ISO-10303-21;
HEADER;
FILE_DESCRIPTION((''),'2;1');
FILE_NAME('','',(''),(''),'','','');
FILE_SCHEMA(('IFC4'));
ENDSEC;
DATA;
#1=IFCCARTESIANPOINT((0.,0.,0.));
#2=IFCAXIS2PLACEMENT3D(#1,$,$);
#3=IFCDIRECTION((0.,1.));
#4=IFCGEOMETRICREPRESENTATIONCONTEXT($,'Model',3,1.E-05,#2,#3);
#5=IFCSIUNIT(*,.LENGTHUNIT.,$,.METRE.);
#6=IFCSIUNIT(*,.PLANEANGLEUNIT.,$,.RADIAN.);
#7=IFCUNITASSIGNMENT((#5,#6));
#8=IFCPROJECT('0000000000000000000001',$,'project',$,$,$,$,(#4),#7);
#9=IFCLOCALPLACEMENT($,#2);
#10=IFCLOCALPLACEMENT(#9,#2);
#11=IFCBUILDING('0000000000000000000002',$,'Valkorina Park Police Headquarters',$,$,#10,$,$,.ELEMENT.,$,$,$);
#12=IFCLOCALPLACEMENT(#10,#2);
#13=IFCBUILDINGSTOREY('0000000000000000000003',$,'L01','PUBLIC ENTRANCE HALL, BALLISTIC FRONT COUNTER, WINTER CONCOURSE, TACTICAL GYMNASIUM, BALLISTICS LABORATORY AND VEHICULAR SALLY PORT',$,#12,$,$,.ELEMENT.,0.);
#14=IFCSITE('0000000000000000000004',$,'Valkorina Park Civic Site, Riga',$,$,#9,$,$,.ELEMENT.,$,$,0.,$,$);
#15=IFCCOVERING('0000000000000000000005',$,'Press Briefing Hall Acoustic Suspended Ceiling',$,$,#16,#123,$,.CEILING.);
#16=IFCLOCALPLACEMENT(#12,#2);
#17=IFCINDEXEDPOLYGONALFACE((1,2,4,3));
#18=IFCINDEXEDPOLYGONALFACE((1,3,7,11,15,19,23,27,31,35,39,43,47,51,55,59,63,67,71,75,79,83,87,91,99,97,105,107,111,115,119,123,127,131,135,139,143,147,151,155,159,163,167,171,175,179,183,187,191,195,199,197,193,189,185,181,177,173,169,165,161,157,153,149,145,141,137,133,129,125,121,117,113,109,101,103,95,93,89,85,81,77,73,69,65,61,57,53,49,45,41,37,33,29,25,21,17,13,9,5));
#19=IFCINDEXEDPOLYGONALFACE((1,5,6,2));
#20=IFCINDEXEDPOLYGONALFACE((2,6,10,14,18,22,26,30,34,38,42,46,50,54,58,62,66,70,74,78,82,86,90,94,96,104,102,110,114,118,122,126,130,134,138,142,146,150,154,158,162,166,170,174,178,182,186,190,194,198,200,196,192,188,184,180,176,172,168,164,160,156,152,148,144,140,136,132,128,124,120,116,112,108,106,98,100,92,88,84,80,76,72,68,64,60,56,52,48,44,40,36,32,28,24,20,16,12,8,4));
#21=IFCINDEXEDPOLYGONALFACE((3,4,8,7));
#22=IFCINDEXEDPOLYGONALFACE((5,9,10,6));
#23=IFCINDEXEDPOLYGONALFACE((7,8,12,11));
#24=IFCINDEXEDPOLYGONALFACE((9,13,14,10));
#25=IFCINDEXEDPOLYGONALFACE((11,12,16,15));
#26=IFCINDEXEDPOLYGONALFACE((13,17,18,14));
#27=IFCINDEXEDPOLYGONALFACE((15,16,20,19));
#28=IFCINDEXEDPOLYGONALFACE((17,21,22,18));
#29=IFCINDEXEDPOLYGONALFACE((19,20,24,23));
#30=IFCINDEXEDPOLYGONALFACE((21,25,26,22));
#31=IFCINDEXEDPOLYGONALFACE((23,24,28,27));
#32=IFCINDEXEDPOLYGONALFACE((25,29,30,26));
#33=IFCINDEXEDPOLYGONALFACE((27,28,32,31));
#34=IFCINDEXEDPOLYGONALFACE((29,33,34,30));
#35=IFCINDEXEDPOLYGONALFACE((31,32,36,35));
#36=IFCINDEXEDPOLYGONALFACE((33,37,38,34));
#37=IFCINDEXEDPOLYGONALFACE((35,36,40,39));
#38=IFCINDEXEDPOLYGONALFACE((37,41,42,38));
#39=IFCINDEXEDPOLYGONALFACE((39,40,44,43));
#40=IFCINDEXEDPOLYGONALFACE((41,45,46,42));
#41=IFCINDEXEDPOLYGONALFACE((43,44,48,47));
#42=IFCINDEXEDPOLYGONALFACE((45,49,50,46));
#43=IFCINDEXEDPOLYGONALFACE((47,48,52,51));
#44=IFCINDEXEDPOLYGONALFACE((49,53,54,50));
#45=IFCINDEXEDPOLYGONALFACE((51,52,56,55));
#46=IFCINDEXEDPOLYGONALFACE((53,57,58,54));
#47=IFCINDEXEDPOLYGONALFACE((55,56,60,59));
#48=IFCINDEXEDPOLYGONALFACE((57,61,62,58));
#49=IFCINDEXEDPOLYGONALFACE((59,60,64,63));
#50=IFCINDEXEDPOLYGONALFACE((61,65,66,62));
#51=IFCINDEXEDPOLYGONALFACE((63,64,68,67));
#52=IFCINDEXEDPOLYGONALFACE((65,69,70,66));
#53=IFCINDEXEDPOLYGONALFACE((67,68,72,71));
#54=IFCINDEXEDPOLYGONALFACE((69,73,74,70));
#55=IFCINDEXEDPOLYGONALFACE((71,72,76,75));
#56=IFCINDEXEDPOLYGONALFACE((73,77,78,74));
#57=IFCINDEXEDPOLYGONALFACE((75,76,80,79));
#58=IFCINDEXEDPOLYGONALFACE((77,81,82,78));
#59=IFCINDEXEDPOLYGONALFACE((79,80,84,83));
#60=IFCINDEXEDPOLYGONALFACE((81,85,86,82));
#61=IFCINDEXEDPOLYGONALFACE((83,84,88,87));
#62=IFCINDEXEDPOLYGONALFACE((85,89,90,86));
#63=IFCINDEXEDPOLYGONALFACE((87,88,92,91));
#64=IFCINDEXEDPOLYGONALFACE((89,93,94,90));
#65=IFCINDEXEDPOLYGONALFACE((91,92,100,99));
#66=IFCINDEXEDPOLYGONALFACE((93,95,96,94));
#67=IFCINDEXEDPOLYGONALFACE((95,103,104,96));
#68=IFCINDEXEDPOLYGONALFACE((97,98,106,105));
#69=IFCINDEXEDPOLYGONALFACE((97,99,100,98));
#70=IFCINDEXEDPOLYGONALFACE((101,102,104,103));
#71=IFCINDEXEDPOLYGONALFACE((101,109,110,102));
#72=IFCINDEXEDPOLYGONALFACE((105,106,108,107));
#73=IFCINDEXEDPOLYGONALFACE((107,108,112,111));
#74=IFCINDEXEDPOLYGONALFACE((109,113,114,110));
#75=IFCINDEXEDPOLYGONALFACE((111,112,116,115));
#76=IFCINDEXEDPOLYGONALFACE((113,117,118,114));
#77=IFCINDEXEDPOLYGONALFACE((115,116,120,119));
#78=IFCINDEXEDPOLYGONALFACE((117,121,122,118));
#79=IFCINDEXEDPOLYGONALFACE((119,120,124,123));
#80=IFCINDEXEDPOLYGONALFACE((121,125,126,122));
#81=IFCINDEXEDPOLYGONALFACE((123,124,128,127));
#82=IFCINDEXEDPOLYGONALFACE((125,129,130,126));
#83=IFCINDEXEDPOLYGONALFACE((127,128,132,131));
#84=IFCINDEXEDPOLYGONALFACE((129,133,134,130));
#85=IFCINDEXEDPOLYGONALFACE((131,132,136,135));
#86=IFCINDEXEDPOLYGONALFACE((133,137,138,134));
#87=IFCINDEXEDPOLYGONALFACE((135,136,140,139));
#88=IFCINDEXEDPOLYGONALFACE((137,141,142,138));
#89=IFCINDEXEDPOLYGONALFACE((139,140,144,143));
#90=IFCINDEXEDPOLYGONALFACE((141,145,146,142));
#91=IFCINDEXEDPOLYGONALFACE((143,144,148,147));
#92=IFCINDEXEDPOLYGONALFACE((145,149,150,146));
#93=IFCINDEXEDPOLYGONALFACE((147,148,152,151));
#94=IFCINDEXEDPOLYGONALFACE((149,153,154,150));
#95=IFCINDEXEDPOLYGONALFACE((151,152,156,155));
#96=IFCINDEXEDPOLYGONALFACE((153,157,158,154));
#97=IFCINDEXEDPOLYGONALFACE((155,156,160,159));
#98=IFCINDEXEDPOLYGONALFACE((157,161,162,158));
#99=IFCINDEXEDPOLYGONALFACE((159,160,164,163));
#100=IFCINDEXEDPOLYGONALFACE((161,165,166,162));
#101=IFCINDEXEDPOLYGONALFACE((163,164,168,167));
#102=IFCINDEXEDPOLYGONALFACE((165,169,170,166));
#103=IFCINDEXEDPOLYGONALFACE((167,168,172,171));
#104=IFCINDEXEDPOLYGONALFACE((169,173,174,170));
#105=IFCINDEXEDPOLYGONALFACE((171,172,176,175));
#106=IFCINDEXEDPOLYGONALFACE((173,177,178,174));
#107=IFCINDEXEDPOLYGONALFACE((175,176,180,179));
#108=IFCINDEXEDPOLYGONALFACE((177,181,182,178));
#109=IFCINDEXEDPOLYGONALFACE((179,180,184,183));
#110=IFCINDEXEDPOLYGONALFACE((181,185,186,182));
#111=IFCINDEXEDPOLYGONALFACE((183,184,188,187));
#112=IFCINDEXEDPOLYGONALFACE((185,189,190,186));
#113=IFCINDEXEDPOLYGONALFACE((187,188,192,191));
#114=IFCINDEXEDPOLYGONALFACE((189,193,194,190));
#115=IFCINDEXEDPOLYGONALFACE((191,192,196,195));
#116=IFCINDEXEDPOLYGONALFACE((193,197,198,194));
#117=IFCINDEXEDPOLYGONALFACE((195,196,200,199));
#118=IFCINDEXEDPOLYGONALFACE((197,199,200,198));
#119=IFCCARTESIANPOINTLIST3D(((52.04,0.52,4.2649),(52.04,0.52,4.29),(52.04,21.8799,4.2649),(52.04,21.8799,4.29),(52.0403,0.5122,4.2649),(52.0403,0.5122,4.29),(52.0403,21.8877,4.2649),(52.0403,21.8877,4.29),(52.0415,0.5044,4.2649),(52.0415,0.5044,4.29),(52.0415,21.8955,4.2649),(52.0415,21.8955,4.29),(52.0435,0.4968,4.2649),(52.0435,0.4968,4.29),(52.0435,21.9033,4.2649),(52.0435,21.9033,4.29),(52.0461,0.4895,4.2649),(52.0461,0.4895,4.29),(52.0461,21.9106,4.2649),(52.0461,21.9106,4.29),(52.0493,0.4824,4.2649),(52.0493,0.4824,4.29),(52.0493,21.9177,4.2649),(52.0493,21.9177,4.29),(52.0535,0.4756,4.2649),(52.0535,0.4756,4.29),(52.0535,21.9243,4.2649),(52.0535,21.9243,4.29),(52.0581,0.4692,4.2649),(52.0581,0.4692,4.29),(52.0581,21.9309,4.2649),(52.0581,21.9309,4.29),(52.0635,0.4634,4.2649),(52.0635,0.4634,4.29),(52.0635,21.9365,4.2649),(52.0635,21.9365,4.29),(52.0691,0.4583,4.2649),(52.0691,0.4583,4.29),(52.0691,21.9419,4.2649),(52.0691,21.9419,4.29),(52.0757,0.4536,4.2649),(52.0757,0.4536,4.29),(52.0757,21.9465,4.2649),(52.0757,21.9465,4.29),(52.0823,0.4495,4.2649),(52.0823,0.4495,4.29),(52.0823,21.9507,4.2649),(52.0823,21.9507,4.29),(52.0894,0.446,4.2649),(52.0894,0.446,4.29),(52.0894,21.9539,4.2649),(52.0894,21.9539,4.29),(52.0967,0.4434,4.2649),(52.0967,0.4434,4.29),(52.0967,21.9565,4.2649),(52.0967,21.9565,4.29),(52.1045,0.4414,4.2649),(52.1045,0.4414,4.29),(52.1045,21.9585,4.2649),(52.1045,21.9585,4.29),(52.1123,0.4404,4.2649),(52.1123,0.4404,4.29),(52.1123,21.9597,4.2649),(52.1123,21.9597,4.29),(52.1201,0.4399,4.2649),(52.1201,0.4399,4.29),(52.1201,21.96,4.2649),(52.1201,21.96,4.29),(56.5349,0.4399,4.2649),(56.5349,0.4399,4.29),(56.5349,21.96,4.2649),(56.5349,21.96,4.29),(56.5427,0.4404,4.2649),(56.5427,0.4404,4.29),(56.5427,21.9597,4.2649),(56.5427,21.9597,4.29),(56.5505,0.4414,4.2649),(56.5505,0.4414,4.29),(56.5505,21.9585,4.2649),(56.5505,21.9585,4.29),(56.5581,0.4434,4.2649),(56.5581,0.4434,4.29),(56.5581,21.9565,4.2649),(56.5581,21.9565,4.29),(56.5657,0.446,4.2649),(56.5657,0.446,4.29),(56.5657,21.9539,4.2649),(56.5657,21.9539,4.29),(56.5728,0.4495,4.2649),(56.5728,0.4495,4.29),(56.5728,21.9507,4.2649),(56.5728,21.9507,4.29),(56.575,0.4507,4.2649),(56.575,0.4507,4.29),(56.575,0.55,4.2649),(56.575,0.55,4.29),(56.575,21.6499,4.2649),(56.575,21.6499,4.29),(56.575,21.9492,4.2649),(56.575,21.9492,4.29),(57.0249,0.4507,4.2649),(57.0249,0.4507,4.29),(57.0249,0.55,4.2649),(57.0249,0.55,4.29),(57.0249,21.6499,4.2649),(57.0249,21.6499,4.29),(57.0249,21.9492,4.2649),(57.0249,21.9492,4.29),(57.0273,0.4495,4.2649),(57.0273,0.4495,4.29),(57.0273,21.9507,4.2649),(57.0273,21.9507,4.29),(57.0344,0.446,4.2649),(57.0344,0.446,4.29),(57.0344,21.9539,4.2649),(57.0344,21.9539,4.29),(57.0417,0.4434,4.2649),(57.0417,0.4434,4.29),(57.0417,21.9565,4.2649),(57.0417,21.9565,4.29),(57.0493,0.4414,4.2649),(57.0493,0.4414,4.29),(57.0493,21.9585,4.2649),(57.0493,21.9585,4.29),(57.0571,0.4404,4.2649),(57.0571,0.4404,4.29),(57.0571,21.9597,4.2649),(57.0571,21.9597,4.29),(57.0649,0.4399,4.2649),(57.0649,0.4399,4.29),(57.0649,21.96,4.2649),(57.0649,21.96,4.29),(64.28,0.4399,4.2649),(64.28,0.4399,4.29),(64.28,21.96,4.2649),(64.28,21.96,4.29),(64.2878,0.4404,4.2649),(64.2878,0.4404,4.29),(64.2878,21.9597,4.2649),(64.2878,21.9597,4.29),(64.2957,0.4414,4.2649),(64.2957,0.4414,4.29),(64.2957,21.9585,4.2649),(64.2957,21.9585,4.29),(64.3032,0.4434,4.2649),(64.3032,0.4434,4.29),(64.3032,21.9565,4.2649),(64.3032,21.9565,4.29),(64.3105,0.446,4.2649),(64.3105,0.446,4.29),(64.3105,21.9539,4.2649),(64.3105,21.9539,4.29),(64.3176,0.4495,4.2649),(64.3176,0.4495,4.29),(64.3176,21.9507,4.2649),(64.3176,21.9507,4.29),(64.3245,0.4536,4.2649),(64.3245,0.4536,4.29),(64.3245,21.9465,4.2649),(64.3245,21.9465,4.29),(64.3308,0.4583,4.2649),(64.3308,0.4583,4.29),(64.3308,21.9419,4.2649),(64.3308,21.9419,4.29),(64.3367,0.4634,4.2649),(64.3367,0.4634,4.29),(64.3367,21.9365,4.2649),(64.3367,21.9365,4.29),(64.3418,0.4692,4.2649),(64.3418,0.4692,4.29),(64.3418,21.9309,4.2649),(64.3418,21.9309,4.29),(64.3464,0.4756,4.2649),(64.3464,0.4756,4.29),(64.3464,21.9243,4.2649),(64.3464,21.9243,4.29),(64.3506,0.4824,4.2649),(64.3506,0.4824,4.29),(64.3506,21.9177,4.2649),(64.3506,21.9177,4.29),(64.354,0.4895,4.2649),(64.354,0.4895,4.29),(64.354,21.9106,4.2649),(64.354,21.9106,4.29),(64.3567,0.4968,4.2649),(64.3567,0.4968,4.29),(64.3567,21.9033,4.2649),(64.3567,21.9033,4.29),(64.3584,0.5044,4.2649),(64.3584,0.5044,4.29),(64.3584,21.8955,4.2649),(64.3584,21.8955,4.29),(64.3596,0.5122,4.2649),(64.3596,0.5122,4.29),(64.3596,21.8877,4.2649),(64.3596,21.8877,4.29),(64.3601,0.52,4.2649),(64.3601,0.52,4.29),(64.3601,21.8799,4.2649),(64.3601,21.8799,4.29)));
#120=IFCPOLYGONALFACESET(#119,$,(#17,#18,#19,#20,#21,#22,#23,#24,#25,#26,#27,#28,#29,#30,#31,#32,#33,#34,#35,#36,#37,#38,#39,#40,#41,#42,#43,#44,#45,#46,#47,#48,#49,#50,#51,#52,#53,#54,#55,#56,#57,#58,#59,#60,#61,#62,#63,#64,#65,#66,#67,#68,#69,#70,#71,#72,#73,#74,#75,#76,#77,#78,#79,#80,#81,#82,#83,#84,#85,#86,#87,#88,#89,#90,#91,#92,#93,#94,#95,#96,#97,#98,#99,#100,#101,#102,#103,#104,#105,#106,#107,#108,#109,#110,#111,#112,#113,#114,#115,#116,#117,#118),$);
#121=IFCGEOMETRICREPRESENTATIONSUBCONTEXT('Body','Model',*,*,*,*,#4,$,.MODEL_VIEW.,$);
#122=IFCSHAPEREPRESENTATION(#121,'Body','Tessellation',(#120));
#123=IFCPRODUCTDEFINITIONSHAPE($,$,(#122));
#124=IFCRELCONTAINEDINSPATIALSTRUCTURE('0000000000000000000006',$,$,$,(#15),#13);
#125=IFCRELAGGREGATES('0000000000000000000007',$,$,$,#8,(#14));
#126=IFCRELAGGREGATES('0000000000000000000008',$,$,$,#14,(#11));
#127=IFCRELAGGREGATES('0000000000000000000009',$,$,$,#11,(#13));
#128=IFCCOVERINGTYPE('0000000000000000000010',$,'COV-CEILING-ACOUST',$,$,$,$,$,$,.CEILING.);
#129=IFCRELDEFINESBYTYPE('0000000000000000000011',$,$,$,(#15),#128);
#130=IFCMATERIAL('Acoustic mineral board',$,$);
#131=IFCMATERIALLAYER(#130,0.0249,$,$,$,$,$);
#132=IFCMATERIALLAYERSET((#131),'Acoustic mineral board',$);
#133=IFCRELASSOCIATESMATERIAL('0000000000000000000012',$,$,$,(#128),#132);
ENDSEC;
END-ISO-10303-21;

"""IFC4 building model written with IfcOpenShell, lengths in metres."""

from ifc_helpers import new_model, si_unit, direction, frame, origin, place, context, subcontext, project, spatial, polyline, outline, extrude, material, layer, layer_set, type_object, element, save


model = new_model("IFC4")

# Units and contexts
model_context = context("Model", 3, precision=1e-05, world=origin(), true_north=direction((0.0, 1.0)))
body_context = subcontext(model_context, "Body", "Model", "MODEL_VIEW")
ifc_project = project(units=[si_unit("LENGTHUNIT", "METRE"), si_unit("PLANEANGLEUNIT", "RADIAN")], contexts=[model_context])

# Site, building, storey
site_placement = place(None, origin())
site = spatial("IfcSite", under=ifc_project, at=site_placement, Name="Valkorina Park Civic Site, Riga", CompositionType="ELEMENT", RefElevation=0.0)
building_placement = place(site_placement, origin())
building = spatial("IfcBuilding", under=site, at=building_placement, Name="Valkorina Park Police Headquarters", CompositionType="ELEMENT")
storey_placement = place(building_placement, origin())
storey = spatial("IfcBuildingStorey", under=building, at=storey_placement, Name="L01", Description="PUBLIC ENTRANCE HALL, BALLISTIC FRONT COUNTER, WINTER CONCOURSE, TACTICAL GYMNASIUM, BALLISTICS LABORATORY AND VEHICULAR SALLY PORT", CompositionType="ELEMENT", Elevation=0.0)

# Covering
ifc_material_1 = material(Name="Acoustic mineral board")
ifc_layer_1 = layer(ifc_material_1, 0.0249)
ifc_layer_set_1 = layer_set([ifc_layer_1], Name="Acoustic mineral board")
covering_type_1 = type_object("IfcCoveringType", Name="COV-CEILING-ACOUST", PredefinedType="CEILING", material=ifc_layer_set_1)
covering_1_placement = place(storey_placement, frame((0.0, 0.0, 4.2649)))
element("IfcCovering", 1, at=covering_1_placement, inside=storey, type_object=covering_type_1, Name="Press Briefing Hall Acoustic Suspended Ceiling", PredefinedType="CEILING", context=body_context, shape_type="SweptSolid", body=[
    extrude(outline(polyline([(56.575, 0.4507), (56.575, 0.55), (57.0249, 0.55), (57.0249, 0.4507), (57.0273, 0.4495), (57.0344, 0.446), (57.0417, 0.4434), (57.0493, 0.4414), (57.0571, 0.4404), (57.0649, 0.4399), (64.28, 0.4399), (64.2878, 0.4404), (64.2957, 0.4414), (64.3032, 0.4434), (64.3105, 0.446), (64.3176, 0.4495), (64.3245, 0.4536), (64.3308, 0.4583), (64.3367, 0.4634), (64.3418, 0.4692), (64.3464, 0.4756), (64.3506, 0.4824), (64.354, 0.4895), (64.3567, 0.4968), (64.3584, 0.5044), (64.3596, 0.5122), (64.3601, 0.52), (64.3601, 21.8799), (64.3596, 21.8877), (64.3584, 21.8955), (64.3567, 21.9033), (64.354, 21.9106), (64.3506, 21.9177), (64.3464, 21.9243), (64.3418, 21.9309), (64.3367, 21.9365), (64.3308, 21.9419), (64.3245, 21.9465), (64.3176, 21.9507), (64.3105, 21.9539), (64.3032, 21.9565), (64.2957, 21.9585), (64.2878, 21.9597), (64.28, 21.96), (57.0649, 21.96), (57.0571, 21.9597), (57.0493, 21.9585), (57.0417, 21.9565), (57.0344, 21.9539), (57.0273, 21.9507), (57.0249, 21.9492), (57.0249, 21.6499), (56.575, 21.6499), (56.575, 21.9492), (56.5728, 21.9507), (56.5657, 21.9539), (56.5581, 21.9565), (56.5505, 21.9585), (56.5427, 21.9597), (56.5349, 21.96), (52.1201, 21.96), (52.1123, 21.9597), (52.1045, 21.9585), (52.0967, 21.9565), (52.0894, 21.9539), (52.0823, 21.9507), (52.0757, 21.9465), (52.0691, 21.9419), (52.0635, 21.9365), (52.0581, 21.9309), (52.0535, 21.9243), (52.0493, 21.9177), (52.0461, 21.9106), (52.0435, 21.9033), (52.0415, 21.8955), (52.0403, 21.8877), (52.04, 21.8799), (52.04, 0.52), (52.0403, 0.5122), (52.0415, 0.5044), (52.0435, 0.4968), (52.0461, 0.4895), (52.0493, 0.4824), (52.0535, 0.4756), (52.0581, 0.4692), (52.0635, 0.4634), (52.0691, 0.4583), (52.0757, 0.4536), (52.0823, 0.4495), (52.0894, 0.446), (52.0967, 0.4434), (52.1045, 0.4414), (52.1123, 0.4404), (52.1201, 0.4399), (56.5349, 0.4399), (56.5427, 0.4404), (56.5505, 0.4414), (56.5581, 0.4434), (56.5657, 0.446), (56.5728, 0.4495), (56.575, 0.4507)])), origin(), (0.0, 0.0, 1.0), 0.0251),
])

save(model, "model.ifc")
